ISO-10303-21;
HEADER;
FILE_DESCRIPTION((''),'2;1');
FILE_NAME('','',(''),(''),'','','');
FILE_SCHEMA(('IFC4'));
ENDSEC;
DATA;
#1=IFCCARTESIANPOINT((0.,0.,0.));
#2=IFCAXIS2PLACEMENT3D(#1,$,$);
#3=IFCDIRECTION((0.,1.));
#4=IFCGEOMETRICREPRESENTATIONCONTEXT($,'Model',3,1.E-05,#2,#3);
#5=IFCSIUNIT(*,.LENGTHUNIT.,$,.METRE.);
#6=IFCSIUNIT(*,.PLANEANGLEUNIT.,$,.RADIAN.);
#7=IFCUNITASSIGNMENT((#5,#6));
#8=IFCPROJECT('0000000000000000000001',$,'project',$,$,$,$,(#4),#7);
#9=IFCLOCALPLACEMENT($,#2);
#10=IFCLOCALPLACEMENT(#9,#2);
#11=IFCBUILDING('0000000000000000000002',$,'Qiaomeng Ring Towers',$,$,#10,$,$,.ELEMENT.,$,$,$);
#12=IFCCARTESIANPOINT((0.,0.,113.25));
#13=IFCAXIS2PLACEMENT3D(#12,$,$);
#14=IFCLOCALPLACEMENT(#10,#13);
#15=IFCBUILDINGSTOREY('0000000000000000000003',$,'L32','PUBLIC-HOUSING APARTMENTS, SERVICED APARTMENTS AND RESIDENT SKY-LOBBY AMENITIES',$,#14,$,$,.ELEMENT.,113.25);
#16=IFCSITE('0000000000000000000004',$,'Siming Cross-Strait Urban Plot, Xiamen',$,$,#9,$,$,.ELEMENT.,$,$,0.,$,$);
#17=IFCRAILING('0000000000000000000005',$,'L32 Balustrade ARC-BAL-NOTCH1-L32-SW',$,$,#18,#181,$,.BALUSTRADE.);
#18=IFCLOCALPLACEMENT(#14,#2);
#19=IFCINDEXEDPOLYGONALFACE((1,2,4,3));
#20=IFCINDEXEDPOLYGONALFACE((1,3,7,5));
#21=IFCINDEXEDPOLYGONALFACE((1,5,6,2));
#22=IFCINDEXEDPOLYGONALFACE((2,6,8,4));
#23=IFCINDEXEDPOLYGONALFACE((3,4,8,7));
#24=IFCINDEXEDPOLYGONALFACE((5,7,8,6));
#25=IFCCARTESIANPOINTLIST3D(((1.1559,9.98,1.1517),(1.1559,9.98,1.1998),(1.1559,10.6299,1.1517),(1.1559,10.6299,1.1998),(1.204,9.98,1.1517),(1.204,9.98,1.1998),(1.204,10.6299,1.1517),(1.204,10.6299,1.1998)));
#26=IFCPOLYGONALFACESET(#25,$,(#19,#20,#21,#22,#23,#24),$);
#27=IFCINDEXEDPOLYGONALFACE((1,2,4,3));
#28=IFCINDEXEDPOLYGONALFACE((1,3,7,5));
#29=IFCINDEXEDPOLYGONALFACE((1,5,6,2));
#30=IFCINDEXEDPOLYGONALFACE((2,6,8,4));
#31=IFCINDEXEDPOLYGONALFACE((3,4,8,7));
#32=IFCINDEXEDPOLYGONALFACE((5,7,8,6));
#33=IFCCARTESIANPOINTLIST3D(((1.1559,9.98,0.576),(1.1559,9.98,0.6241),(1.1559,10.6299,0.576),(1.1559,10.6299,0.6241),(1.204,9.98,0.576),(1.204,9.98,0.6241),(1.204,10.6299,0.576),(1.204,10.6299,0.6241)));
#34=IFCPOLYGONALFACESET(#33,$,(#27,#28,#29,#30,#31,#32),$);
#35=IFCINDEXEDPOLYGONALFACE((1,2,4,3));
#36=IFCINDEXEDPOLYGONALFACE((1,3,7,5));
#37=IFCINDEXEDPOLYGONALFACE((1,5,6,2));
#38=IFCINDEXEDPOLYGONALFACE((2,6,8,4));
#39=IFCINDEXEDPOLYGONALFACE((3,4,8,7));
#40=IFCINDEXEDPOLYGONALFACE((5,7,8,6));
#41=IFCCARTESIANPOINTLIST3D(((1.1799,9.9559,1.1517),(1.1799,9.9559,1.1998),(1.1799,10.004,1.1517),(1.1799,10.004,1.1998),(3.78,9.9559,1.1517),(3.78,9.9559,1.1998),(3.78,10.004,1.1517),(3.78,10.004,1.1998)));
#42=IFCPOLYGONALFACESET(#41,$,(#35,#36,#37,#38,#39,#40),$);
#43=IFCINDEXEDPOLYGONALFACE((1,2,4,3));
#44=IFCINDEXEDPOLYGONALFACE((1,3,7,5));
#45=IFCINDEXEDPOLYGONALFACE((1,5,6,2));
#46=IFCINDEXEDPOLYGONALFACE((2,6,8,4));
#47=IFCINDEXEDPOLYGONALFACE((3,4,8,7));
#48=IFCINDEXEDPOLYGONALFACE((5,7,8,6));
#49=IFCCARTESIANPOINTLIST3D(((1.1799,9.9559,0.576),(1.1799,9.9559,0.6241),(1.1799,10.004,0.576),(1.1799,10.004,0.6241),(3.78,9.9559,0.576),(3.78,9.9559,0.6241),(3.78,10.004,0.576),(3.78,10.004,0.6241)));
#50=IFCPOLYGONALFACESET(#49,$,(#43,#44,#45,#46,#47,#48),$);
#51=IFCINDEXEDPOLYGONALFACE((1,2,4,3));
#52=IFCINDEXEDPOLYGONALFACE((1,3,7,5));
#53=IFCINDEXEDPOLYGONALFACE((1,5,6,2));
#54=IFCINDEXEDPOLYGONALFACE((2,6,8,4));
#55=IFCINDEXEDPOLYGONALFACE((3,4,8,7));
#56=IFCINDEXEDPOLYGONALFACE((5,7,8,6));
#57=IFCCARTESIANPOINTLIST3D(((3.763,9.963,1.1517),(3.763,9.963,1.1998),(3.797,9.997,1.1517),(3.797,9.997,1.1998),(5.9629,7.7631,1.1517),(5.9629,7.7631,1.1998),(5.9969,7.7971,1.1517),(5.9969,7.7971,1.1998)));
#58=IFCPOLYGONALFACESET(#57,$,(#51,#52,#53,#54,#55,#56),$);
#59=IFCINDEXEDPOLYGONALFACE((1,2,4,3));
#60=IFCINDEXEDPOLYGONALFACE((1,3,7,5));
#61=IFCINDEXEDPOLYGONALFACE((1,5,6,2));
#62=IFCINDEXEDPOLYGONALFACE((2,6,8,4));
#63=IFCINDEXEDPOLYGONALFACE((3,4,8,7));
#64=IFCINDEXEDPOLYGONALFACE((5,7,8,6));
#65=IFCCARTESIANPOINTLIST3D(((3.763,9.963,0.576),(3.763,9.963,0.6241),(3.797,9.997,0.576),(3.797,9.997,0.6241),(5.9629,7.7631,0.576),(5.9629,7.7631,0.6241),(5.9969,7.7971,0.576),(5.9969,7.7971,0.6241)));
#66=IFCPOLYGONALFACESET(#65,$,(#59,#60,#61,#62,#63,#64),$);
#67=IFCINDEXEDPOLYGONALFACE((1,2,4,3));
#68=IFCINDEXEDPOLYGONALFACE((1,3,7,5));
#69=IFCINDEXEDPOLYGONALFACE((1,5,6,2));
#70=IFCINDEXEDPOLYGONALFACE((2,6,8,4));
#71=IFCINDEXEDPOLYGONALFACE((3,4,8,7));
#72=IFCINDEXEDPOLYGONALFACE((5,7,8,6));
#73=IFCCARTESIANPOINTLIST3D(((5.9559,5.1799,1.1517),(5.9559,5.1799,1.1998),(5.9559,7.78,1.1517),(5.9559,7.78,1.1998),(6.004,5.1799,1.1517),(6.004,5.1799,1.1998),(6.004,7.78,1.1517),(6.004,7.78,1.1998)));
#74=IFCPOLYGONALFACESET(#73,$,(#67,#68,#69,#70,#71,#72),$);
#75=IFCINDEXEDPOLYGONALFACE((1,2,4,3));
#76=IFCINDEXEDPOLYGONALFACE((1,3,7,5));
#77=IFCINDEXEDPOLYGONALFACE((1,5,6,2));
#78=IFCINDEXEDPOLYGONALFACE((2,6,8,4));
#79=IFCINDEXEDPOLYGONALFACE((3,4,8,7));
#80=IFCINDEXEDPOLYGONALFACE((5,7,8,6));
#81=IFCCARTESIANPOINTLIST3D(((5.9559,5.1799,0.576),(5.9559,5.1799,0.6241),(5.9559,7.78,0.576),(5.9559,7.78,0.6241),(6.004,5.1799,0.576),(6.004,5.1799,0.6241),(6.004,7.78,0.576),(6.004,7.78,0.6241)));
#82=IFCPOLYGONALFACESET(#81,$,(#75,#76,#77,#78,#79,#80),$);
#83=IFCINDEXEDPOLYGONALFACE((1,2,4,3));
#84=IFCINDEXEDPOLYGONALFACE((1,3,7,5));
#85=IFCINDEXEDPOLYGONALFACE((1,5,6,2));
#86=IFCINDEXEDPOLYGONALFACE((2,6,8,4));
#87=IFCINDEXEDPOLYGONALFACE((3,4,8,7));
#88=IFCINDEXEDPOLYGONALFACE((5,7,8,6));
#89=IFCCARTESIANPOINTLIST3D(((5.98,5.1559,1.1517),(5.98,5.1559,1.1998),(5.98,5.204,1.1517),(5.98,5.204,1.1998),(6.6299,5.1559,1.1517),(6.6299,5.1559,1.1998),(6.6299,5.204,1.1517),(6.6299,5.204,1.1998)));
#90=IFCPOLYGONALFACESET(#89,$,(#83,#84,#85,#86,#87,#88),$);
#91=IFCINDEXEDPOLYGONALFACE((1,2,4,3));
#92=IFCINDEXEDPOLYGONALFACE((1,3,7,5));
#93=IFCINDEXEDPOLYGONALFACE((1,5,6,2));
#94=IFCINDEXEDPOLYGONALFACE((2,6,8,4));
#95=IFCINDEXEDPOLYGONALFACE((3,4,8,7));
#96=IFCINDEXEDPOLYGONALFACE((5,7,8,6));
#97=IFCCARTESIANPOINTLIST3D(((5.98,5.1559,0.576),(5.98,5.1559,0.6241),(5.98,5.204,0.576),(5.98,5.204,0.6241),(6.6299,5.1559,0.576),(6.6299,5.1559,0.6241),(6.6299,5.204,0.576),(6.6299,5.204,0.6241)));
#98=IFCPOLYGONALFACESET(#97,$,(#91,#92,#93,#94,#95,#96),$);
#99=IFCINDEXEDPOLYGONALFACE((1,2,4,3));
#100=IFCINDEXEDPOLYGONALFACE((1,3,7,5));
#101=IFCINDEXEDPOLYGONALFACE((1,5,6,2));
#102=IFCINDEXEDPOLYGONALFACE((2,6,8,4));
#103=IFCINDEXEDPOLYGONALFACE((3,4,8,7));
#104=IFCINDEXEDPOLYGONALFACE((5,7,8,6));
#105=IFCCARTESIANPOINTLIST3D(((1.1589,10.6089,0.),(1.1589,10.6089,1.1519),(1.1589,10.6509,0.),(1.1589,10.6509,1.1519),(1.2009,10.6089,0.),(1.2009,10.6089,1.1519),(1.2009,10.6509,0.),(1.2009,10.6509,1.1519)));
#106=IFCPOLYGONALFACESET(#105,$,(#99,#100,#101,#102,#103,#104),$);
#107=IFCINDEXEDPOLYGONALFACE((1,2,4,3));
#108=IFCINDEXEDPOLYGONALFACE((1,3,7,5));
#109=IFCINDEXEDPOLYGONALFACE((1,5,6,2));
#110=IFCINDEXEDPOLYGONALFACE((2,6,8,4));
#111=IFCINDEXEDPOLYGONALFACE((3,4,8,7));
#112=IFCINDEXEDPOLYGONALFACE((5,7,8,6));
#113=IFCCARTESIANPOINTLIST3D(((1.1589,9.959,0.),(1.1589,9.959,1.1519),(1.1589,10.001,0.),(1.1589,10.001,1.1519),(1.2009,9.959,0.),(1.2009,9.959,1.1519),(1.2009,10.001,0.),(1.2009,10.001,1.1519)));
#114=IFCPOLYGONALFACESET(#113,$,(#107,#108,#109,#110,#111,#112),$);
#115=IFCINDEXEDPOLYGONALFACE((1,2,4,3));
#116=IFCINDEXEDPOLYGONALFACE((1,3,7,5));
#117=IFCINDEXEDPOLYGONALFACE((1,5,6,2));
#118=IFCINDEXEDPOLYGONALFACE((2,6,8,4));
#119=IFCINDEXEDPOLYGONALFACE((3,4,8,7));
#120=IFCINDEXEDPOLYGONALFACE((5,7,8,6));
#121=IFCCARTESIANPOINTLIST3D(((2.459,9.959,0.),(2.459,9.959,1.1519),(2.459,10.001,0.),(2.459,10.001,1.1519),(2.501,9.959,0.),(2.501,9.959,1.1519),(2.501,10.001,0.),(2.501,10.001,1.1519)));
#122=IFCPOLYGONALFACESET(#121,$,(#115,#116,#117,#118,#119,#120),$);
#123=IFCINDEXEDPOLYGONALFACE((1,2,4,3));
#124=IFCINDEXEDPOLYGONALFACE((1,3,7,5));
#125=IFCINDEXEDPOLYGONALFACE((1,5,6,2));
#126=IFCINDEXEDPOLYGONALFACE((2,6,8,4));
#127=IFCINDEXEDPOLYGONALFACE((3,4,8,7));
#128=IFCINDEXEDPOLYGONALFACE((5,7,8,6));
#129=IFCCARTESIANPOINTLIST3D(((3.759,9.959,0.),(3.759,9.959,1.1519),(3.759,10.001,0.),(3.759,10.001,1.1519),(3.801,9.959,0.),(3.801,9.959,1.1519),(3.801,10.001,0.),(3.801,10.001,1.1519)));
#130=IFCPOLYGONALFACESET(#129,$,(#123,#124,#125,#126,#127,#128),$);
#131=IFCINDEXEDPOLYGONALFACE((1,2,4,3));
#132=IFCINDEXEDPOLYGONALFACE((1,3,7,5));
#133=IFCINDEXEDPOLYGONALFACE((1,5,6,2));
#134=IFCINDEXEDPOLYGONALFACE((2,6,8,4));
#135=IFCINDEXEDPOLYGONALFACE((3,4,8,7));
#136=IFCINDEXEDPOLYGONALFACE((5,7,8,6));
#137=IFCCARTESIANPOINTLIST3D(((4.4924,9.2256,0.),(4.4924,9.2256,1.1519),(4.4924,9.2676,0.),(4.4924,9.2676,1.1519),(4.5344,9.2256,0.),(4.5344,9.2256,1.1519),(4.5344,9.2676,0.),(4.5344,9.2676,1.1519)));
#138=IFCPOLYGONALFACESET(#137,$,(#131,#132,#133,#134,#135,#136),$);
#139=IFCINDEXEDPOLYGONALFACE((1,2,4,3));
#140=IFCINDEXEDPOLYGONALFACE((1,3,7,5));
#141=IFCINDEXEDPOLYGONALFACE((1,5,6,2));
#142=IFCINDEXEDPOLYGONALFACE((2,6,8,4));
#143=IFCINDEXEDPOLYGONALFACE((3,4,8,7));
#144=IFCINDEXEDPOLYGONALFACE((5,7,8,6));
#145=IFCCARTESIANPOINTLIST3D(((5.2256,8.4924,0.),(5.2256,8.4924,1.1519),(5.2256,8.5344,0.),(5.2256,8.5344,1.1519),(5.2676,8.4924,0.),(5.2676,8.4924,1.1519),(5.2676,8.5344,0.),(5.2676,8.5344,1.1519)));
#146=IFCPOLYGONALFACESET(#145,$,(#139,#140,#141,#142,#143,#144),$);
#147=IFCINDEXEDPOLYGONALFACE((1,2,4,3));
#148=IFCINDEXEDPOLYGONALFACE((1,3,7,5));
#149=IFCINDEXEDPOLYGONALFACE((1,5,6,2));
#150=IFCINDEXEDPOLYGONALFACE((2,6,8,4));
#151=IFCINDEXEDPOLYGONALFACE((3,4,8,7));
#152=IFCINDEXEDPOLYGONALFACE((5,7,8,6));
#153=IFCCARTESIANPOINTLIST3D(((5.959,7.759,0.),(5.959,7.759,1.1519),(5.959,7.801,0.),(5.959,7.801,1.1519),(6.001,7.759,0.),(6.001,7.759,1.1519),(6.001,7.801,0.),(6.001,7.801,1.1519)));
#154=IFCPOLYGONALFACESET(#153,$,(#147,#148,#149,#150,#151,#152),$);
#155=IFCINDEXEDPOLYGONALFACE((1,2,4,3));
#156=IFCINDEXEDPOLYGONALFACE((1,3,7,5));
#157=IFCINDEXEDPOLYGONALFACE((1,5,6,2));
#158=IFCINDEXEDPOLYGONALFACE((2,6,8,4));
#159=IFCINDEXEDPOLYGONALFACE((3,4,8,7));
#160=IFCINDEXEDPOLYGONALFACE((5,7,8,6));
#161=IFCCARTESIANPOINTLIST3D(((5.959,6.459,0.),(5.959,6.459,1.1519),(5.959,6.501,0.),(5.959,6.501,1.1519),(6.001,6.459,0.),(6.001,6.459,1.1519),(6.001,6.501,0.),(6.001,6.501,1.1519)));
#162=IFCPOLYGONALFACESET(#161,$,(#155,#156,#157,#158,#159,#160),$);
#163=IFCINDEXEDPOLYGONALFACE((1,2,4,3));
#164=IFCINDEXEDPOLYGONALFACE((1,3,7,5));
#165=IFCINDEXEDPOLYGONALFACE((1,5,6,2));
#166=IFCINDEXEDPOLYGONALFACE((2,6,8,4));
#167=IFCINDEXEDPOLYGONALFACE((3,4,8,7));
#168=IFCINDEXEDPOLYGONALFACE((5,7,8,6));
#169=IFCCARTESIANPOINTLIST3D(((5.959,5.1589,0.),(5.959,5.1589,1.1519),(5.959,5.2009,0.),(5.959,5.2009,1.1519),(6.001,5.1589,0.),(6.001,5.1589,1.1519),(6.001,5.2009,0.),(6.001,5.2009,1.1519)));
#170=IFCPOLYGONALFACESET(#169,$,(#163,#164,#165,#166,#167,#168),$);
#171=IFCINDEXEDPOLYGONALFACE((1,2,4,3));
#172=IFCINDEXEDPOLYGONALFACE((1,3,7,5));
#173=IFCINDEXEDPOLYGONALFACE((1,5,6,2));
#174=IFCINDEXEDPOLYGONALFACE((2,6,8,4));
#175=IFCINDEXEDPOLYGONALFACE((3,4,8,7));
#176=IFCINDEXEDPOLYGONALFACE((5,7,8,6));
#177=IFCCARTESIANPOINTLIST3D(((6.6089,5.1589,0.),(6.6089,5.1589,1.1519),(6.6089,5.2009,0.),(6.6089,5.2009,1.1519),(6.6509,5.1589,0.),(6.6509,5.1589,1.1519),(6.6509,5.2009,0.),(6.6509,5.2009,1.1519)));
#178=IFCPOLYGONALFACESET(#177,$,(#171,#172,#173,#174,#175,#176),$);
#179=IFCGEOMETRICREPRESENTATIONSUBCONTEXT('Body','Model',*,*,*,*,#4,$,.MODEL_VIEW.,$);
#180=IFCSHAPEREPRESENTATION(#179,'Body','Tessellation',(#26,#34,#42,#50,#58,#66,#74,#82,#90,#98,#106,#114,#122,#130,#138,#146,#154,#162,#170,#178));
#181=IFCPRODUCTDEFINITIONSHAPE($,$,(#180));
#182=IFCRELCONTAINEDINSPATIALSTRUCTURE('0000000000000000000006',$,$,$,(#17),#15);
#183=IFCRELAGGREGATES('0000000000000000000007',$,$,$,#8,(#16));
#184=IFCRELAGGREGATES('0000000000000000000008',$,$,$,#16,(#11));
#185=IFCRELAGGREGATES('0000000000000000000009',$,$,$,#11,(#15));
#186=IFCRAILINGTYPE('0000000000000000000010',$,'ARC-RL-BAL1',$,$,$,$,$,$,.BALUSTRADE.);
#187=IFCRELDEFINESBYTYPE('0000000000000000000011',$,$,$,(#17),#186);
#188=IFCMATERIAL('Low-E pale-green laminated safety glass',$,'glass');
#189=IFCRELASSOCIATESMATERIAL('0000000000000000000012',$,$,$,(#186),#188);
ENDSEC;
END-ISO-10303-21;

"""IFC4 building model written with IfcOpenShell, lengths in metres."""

from ifc_helpers import new_model, si_unit, direction, frame, origin, origin_2d, place, context, subcontext, project, spatial, rectangle, extrude, material, type_object, element, save


model = new_model("IFC4")

# Units and contexts
model_context = context("Model", 3, precision=1e-05, world=origin(), true_north=direction((0.0, 1.0)))
body_context = subcontext(model_context, "Body", "Model", "MODEL_VIEW")
ifc_project = project(units=[si_unit("LENGTHUNIT", "METRE"), si_unit("PLANEANGLEUNIT", "RADIAN")], contexts=[model_context])

# Site, building, storey
site_placement = place(None, origin())
site = spatial("IfcSite", under=ifc_project, at=site_placement, Name="Siming Cross-Strait Urban Plot, Xiamen", CompositionType="ELEMENT", RefElevation=0.0)
building_placement = place(site_placement, origin())
building = spatial("IfcBuilding", under=site, at=building_placement, Name="Qiaomeng Ring Towers", CompositionType="ELEMENT")
storey_placement = place(building_placement, frame((0.0, 0.0, 113.25)))
storey = spatial("IfcBuildingStorey", under=building, at=storey_placement, Name="L32", Description="PUBLIC-HOUSING APARTMENTS, SERVICED APARTMENTS AND RESIDENT SKY-LOBBY AMENITIES", CompositionType="ELEMENT", Elevation=113.25)

# Railing
ifc_material_1 = material(Name="Low-E pale-green laminated safety glass", Category="glass")
railing_type = type_object("IfcRailingType", Name="ARC-RL-BAL1", PredefinedType="BALUSTRADE", material=ifc_material_1)
railing_placement = place(storey_placement, frame((1.1799, 10.6299, 0.0)))
element("IfcRailing", 1, at=railing_placement, inside=storey, type_object=railing_type, Name="L32 Balustrade ARC-BAL-NOTCH1-L32-SW", PredefinedType="BALUSTRADE", context=body_context, shape_type="SweptSolid", body=[
    extrude(rectangle(XDim=0.0481, YDim=0.0481, at=origin_2d()), frame((0.0, 0.0, 1.1758), z_axis=(0.0, -1.0, 0.0), x_axis=(1.0, 0.0, 0.0)), (0.0, 0.0, 1.0), 0.6499),
    extrude(rectangle(XDim=0.0481, YDim=0.0481, at=origin_2d()), frame((0.0, 0.0, 0.6001), z_axis=(0.0, -1.0, 0.0), x_axis=(1.0, 0.0, 0.0)), (0.0, 0.0, 1.0), 0.6499),
    extrude(rectangle(XDim=0.0481, YDim=0.0481, at=origin_2d()), frame((0.0, -0.6499, 1.1758), z_axis=(1.0, 0.0, 0.0), x_axis=(0.0, 1.0, 0.0)), (0.0, 0.0, 1.0), 2.6001),
    extrude(rectangle(XDim=0.0481, YDim=0.0481, at=origin_2d()), frame((0.0, -0.6499, 0.6001), z_axis=(1.0, 0.0, 0.0), x_axis=(0.0, 1.0, 0.0)), (0.0, 0.0, 1.0), 2.6001),
    extrude(rectangle(XDim=0.0481, YDim=0.0481, at=origin_2d()), frame((2.6001, -0.6499, 1.1758), z_axis=(0.707107, -0.707107, 0.0), x_axis=(0.707107, 0.707107, 0.0)), (0.0, 0.0, 1.0), 3.1111),
    extrude(rectangle(XDim=0.0481, YDim=0.0481, at=origin_2d()), frame((2.6001, -0.6499, 0.6001), z_axis=(0.707107, -0.707107, 0.0), x_axis=(0.707107, 0.707107, 0.0)), (0.0, 0.0, 1.0), 3.1111),
    extrude(rectangle(XDim=0.0481, YDim=0.0481, at=origin_2d()), frame((4.8, -2.8499, 1.1758), z_axis=(0.0, -1.0, 0.0), x_axis=(1.0, 0.0, 0.0)), (0.0, 0.0, 1.0), 2.6001),
    extrude(rectangle(XDim=0.0481, YDim=0.0481, at=origin_2d()), frame((4.8, -2.8499, 0.6001), z_axis=(0.0, -1.0, 0.0), x_axis=(1.0, 0.0, 0.0)), (0.0, 0.0, 1.0), 2.6001),
    extrude(rectangle(XDim=0.0481, YDim=0.0481, at=origin_2d()), frame((4.8, -5.45, 1.1758), z_axis=(1.0, 0.0, 0.0), x_axis=(0.0, 1.0, 0.0)), (0.0, 0.0, 1.0), 0.6499),
    extrude(rectangle(XDim=0.0481, YDim=0.0481, at=origin_2d()), frame((4.8, -5.45, 0.6001), z_axis=(1.0, 0.0, 0.0), x_axis=(0.0, 1.0, 0.0)), (0.0, 0.0, 1.0), 0.6499),
    extrude(rectangle(XDim=0.042, YDim=0.042, at=origin_2d()), origin(), (0.0, 0.0, 1.0), 1.1519),
    extrude(rectangle(XDim=0.042, YDim=0.042, at=origin_2d()), frame((0.0, -0.6499, 0.0)), (0.0, 0.0, 1.0), 1.1519),
    extrude(rectangle(XDim=0.042, YDim=0.042, at=origin_2d()), frame((1.3, -0.6499, 0.0)), (0.0, 0.0, 1.0), 1.1519),
    extrude(rectangle(XDim=0.042, YDim=0.042, at=origin_2d()), frame((2.6001, -0.6499, 0.0)), (0.0, 0.0, 1.0), 1.1519),
    extrude(rectangle(XDim=0.042, YDim=0.042, at=origin_2d()), frame((3.3335, -1.3833, 0.0)), (0.0, 0.0, 1.0), 1.1519),
    extrude(rectangle(XDim=0.042, YDim=0.042, at=origin_2d()), frame((4.0667, -2.1165, 0.0)), (0.0, 0.0, 1.0), 1.1519),
    extrude(rectangle(XDim=0.042, YDim=0.042, at=origin_2d()), frame((4.8, -2.8499, 0.0)), (0.0, 0.0, 1.0), 1.1519),
    extrude(rectangle(XDim=0.042, YDim=0.042, at=origin_2d()), frame((4.8, -4.1499, 0.0)), (0.0, 0.0, 1.0), 1.1519),
    extrude(rectangle(XDim=0.042, YDim=0.042, at=origin_2d()), frame((4.8, -5.45, 0.0)), (0.0, 0.0, 1.0), 1.1519),
    extrude(rectangle(XDim=0.042, YDim=0.042, at=origin_2d()), frame((5.45, -5.45, 0.0)), (0.0, 0.0, 1.0), 1.1519),
])

save(model, "model.ifc")
